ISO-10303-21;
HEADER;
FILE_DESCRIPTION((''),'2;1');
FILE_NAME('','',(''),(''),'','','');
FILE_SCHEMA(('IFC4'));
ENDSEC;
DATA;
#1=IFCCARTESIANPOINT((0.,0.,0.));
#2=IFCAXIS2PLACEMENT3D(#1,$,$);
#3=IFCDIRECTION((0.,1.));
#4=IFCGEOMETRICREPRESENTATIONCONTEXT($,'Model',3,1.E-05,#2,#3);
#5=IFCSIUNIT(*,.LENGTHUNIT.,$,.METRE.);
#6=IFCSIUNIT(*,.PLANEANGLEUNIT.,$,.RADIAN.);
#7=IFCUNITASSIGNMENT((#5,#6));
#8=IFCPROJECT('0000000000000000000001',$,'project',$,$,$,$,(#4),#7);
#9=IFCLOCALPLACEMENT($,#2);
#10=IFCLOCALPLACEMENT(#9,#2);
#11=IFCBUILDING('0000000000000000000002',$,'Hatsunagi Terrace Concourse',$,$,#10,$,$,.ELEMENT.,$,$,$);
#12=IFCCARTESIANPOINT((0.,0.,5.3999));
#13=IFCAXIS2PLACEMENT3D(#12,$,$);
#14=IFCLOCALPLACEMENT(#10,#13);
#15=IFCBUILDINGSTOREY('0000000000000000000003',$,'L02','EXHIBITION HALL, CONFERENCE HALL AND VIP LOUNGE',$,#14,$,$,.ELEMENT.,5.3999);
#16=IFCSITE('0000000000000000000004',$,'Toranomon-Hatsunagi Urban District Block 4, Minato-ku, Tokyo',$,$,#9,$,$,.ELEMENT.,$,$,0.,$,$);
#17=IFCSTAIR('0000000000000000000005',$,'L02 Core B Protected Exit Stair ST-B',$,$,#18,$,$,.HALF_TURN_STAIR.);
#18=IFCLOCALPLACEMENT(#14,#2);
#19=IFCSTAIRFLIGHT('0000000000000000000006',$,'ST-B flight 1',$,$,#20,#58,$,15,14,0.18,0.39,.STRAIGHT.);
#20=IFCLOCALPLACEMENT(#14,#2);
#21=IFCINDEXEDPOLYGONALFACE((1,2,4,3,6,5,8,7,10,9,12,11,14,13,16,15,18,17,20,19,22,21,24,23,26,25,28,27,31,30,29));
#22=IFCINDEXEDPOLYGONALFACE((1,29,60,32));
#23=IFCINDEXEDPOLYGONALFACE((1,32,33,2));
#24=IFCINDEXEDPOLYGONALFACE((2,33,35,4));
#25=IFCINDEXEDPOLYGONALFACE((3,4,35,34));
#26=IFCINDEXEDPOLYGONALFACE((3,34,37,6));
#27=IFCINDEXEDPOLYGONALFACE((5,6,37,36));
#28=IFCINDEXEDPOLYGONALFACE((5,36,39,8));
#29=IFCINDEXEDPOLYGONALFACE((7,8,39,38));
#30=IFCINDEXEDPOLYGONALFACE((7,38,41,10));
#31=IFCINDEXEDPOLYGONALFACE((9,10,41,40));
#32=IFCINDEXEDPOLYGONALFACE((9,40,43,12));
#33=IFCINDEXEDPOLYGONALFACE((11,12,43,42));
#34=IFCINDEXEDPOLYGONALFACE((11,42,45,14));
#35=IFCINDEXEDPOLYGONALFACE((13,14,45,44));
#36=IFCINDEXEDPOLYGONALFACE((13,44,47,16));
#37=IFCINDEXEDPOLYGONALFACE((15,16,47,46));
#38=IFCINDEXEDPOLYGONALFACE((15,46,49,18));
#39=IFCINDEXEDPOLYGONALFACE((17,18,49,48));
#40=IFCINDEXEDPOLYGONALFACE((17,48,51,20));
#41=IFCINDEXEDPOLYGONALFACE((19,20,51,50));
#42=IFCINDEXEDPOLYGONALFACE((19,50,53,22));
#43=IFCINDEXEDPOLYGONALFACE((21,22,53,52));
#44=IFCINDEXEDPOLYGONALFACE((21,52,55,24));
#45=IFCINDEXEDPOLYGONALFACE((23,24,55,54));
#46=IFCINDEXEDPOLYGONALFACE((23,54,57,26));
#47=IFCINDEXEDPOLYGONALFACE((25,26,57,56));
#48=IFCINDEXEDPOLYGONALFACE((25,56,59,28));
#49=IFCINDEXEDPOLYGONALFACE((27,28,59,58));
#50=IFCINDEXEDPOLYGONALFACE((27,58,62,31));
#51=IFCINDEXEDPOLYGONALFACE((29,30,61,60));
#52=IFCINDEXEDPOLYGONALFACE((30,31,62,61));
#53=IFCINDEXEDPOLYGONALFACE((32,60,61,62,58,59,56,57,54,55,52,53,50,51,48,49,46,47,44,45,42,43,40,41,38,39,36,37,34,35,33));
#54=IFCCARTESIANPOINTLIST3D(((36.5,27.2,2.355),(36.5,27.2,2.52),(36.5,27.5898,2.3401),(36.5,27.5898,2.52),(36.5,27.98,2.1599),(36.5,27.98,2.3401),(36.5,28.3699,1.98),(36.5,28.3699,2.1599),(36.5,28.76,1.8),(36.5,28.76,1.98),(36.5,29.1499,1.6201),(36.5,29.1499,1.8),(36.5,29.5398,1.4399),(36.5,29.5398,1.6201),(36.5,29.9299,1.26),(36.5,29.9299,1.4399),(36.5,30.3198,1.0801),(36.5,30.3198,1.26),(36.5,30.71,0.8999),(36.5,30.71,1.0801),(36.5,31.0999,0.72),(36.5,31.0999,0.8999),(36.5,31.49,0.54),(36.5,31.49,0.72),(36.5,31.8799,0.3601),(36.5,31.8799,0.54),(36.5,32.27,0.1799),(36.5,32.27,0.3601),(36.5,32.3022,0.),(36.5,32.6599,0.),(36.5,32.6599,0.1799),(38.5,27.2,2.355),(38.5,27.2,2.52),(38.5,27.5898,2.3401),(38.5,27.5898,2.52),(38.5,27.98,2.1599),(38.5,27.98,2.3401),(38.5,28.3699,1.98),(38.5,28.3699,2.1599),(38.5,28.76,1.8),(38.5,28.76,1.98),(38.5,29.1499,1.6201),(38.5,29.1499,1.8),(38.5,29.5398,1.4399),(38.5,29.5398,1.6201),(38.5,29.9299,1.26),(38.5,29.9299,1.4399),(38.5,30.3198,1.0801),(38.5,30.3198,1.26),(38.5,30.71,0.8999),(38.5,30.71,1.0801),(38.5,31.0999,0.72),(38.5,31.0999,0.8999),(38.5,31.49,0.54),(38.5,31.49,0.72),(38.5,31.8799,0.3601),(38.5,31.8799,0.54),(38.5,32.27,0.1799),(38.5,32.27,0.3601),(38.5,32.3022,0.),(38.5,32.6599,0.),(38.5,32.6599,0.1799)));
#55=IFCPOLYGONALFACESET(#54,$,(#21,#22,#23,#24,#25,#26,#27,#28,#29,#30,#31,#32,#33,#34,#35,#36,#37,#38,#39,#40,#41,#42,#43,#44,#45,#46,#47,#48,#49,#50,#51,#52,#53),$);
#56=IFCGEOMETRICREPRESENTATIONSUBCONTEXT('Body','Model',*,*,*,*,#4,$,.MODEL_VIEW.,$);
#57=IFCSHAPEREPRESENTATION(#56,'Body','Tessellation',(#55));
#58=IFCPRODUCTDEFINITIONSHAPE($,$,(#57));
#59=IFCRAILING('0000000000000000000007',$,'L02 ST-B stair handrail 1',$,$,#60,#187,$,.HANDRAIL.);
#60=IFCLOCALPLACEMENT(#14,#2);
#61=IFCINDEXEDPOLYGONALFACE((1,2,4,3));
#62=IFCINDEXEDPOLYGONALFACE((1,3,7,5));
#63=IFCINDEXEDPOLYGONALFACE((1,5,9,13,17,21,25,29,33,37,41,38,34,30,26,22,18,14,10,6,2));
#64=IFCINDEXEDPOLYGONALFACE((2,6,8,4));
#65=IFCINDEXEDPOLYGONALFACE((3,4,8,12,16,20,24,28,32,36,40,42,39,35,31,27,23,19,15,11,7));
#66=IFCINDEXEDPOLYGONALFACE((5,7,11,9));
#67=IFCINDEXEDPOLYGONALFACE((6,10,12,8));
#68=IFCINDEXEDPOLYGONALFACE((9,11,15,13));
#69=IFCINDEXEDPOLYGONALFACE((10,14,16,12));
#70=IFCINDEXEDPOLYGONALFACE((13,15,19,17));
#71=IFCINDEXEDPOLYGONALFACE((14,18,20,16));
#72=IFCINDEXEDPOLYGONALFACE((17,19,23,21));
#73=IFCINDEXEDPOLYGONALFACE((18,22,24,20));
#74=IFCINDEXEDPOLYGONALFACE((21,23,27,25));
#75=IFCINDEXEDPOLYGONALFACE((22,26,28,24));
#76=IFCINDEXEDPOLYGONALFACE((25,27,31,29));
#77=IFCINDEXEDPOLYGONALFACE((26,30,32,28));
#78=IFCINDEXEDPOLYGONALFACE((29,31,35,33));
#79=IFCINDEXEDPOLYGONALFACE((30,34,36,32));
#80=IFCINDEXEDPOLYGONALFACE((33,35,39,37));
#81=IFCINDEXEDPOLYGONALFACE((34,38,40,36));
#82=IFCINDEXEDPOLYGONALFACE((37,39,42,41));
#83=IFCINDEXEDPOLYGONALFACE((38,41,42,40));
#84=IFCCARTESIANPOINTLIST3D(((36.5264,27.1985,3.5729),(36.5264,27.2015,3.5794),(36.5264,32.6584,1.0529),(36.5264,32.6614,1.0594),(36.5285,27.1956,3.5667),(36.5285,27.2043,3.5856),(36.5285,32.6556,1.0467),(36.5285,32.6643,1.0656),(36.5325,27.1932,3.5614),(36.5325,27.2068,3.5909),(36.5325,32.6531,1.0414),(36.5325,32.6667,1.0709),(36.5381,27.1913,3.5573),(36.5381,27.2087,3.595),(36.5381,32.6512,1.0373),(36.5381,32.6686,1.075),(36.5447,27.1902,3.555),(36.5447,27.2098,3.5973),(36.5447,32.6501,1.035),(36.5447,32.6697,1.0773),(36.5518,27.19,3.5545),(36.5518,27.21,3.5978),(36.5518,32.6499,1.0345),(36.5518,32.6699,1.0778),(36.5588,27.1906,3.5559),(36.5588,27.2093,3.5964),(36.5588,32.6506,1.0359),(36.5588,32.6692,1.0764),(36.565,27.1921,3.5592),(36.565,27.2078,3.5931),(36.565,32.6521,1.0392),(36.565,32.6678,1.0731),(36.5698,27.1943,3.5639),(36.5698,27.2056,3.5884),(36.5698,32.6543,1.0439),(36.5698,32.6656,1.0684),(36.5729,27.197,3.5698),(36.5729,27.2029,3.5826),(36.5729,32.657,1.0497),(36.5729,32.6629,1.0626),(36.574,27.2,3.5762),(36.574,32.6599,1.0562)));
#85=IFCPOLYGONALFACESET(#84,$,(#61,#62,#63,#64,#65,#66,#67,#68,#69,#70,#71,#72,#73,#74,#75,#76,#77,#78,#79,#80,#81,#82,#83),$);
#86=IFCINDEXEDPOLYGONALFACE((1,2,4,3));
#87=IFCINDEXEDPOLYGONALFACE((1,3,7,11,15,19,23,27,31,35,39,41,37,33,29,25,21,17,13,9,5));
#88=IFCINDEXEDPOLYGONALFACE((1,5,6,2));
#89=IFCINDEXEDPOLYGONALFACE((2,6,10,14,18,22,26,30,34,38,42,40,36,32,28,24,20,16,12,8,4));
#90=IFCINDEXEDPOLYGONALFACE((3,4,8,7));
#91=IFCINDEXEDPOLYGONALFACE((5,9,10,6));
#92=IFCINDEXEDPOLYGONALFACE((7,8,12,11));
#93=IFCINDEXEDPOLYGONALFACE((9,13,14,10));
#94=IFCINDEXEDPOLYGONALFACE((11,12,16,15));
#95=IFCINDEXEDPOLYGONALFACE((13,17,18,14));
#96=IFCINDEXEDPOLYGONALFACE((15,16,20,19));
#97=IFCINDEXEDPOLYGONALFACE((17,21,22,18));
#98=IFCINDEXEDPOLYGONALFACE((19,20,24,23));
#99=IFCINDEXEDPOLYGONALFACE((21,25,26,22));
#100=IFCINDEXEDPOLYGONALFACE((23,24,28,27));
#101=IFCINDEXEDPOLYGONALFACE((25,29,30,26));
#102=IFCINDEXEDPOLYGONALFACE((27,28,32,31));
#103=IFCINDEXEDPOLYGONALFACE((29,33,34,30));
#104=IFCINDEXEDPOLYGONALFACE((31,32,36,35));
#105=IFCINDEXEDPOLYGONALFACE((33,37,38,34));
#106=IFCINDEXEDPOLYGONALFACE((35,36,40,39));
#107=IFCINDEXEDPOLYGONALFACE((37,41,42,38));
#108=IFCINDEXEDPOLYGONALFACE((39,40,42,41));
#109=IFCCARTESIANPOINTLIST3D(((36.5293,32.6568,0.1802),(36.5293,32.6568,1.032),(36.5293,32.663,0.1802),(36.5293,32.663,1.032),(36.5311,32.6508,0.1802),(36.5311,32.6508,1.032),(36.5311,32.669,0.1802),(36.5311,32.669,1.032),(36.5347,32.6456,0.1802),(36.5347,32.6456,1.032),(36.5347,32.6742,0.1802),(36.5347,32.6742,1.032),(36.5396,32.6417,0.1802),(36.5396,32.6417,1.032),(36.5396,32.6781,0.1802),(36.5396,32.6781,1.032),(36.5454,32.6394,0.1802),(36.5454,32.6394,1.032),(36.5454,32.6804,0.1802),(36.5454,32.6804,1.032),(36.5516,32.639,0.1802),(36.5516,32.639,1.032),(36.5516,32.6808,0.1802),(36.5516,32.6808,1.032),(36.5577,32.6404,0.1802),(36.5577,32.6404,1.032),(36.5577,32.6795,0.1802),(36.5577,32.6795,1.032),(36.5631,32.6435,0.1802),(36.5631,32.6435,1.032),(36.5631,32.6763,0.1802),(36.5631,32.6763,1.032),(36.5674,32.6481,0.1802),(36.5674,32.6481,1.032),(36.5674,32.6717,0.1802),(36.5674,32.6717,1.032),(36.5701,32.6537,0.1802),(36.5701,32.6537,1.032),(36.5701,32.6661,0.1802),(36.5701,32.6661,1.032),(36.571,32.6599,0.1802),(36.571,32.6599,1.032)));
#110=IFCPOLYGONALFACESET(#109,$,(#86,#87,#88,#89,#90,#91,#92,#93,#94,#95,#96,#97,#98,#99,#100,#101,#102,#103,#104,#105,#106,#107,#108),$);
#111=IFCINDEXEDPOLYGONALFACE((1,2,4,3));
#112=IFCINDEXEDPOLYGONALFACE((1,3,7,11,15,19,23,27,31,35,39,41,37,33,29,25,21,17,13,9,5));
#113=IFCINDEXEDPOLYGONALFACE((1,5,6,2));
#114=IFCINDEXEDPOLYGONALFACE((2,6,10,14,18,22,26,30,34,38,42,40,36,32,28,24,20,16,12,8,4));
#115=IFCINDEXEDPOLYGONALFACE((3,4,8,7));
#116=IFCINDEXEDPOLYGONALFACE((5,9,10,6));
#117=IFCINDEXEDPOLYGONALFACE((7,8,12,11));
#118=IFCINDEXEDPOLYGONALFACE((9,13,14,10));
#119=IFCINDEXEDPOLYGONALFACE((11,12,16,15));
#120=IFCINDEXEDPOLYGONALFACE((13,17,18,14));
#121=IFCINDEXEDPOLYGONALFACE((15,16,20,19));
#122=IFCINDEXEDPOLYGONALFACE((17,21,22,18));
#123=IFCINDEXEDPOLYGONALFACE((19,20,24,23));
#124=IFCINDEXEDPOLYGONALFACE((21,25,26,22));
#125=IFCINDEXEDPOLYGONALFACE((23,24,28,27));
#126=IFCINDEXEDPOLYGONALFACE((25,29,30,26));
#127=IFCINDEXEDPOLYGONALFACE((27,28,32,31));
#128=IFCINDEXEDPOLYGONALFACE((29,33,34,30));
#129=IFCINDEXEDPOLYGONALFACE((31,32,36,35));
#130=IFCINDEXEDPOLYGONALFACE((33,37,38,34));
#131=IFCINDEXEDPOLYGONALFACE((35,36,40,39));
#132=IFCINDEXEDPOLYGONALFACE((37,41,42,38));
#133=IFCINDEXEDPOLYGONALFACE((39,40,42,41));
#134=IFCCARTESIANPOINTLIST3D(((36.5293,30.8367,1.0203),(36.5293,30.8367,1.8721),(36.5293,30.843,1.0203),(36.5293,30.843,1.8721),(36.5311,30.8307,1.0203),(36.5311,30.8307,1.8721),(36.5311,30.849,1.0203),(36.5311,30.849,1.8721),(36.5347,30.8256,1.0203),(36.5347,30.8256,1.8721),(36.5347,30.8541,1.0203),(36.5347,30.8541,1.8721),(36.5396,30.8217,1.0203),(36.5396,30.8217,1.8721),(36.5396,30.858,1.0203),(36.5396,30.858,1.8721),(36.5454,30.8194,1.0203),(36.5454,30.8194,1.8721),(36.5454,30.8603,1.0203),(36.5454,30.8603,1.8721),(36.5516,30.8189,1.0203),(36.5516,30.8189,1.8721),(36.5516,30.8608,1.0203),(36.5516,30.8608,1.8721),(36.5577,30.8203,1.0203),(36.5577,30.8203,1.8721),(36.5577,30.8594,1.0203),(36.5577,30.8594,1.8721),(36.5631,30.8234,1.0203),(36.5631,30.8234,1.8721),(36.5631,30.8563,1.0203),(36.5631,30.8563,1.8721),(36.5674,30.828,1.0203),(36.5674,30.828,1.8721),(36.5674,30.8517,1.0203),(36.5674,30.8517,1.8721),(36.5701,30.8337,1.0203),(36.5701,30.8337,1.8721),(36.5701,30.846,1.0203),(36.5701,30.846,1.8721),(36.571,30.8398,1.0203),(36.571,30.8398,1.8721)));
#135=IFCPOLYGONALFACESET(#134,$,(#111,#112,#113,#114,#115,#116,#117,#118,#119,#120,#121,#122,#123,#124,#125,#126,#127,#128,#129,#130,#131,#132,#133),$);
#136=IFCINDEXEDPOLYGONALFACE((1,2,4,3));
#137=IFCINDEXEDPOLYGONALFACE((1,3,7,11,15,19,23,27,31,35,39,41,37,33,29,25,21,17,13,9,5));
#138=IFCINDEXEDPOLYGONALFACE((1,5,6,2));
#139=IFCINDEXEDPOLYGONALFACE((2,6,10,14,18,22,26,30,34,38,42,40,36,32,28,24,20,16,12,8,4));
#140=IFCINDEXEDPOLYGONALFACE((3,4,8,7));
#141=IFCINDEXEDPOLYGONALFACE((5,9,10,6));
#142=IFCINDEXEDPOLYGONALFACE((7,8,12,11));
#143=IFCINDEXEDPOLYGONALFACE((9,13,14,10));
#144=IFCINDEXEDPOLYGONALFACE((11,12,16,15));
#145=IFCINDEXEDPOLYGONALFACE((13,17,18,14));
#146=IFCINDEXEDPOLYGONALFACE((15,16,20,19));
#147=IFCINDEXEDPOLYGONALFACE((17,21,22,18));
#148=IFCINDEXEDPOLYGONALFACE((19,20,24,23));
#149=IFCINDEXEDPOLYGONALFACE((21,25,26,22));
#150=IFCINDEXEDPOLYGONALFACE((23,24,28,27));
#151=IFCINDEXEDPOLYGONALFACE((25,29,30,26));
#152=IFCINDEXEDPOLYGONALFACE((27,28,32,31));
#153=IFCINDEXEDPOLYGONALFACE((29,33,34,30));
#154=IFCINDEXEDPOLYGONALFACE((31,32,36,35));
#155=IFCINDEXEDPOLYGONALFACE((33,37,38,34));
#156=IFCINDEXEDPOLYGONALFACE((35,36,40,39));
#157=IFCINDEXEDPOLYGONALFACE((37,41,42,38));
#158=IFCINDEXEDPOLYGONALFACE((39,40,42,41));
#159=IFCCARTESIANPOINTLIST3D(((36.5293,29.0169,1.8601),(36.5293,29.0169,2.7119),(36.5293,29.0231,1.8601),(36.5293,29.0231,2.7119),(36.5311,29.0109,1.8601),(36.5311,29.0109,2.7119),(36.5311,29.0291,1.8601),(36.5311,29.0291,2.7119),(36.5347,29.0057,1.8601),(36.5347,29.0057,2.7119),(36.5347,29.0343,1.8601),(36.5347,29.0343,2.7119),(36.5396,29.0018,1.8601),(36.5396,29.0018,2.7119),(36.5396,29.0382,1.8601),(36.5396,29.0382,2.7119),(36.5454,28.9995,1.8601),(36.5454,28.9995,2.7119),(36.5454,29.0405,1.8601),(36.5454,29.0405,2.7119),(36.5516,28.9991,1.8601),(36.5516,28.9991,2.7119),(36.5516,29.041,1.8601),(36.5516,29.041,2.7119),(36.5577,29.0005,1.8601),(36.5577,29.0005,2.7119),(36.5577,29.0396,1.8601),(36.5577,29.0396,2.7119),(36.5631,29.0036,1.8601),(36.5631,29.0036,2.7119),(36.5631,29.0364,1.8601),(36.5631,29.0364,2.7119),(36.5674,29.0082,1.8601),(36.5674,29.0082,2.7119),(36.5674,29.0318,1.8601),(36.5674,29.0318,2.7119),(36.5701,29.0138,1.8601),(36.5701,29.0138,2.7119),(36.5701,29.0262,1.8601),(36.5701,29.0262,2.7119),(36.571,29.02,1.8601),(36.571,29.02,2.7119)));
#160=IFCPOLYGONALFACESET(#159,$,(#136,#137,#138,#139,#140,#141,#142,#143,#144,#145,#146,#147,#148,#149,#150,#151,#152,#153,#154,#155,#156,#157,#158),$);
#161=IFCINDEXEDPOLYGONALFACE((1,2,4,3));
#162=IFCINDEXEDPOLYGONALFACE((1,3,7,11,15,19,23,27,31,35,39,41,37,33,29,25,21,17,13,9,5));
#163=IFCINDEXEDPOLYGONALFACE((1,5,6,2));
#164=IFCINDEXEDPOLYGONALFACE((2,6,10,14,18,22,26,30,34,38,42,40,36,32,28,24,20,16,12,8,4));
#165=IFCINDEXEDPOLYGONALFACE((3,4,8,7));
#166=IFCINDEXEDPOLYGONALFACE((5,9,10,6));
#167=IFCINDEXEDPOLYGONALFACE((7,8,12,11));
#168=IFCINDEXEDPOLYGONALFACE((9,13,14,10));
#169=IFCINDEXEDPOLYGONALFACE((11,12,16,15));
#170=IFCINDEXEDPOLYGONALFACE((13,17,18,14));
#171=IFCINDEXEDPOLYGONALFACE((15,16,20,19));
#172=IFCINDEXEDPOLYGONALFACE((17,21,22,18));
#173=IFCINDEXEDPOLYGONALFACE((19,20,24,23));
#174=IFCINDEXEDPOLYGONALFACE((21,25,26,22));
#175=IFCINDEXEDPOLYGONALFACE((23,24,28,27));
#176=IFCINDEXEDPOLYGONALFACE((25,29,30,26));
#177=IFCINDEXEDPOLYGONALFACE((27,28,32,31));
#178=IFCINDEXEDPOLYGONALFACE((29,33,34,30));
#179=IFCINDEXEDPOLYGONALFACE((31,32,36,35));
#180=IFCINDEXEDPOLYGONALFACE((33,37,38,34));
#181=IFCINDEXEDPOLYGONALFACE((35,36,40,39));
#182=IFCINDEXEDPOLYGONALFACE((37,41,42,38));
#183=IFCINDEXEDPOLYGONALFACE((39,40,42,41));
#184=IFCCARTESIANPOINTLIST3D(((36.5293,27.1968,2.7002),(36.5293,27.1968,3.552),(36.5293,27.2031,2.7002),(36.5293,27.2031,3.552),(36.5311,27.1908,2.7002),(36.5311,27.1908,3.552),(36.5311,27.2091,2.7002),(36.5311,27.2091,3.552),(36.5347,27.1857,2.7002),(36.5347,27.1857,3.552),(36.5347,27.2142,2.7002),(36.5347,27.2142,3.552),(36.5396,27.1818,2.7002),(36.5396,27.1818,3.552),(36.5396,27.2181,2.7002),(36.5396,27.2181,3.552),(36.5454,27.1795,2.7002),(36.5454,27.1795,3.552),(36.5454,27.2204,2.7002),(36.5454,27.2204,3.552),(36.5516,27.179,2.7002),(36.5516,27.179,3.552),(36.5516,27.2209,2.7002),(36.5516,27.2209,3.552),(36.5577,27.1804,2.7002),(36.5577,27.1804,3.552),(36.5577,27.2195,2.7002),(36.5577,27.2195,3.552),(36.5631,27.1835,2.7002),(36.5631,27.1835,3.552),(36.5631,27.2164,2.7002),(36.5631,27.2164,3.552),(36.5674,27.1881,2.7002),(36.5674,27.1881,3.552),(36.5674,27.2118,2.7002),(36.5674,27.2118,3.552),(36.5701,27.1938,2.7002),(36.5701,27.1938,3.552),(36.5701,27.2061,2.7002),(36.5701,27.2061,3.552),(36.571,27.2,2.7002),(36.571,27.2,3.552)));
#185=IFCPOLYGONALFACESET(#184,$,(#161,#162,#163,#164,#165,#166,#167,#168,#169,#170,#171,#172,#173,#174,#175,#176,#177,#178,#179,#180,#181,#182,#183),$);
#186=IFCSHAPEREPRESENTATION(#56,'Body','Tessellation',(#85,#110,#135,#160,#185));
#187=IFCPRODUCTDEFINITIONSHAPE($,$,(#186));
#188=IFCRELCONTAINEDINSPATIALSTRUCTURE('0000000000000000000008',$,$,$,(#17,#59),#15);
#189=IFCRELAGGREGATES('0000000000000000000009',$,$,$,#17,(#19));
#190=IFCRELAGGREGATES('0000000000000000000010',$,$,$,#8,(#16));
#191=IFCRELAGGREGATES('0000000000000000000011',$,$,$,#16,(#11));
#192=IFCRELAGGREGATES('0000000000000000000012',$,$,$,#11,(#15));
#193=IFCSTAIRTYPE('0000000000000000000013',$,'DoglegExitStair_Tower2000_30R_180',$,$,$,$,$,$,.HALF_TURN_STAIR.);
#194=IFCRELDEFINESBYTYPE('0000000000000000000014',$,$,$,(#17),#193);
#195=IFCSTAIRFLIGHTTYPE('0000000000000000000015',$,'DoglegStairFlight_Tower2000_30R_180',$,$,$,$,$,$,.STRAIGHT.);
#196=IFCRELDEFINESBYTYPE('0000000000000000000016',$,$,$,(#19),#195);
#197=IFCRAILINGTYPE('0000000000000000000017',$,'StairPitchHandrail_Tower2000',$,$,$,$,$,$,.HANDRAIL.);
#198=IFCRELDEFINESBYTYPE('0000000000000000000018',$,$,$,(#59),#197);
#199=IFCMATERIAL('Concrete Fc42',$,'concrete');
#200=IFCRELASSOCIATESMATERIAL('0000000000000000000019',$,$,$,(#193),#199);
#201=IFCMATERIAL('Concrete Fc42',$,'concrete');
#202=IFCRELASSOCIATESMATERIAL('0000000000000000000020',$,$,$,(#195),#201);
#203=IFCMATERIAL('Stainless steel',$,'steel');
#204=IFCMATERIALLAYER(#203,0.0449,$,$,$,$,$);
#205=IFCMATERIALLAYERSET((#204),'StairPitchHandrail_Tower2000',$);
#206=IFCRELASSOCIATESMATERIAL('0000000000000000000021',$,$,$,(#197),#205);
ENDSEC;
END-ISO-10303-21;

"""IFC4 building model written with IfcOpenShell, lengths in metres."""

from ifc_helpers import new_model, si_unit, direction, frame, origin, origin_2d, place, context, subcontext, project, spatial, polyline, circle, outline, extrude, material, layer, layer_set, type_object, element, aggregate, save


model = new_model("IFC4")

# Units and contexts
model_context = context("Model", 3, precision=1e-05, world=origin(), true_north=direction((0.0, 1.0)))
body_context = subcontext(model_context, "Body", "Model", "MODEL_VIEW")
ifc_project = project(units=[si_unit("LENGTHUNIT", "METRE"), si_unit("PLANEANGLEUNIT", "RADIAN")], contexts=[model_context])

# Site, building, storey
site_placement = place(None, origin())
site = spatial("IfcSite", under=ifc_project, at=site_placement, Name="Toranomon-Hatsunagi Urban District Block 4, Minato-ku, Tokyo", CompositionType="ELEMENT", RefElevation=0.0)
building_placement = place(site_placement, origin())
building = spatial("IfcBuilding", under=site, at=building_placement, Name="Hatsunagi Terrace Concourse", CompositionType="ELEMENT")
storey_placement = place(building_placement, frame((0.0, 0.0, 5.3999)))
storey = spatial("IfcBuildingStorey", under=building, at=storey_placement, Name="L02", Description="EXHIBITION HALL, CONFERENCE HALL AND VIP LOUNGE", CompositionType="ELEMENT", Elevation=5.3999)

# Stair, stair flight
ifc_material_1 = material(Name="Concrete Fc42", Category="concrete")
stair_type = type_object("IfcStairType", Name="DoglegExitStair_Tower2000_30R_180", PredefinedType="HALF_TURN_STAIR", material=ifc_material_1)
stair_placement = place(storey_placement, origin())
stair = element("IfcStair", 1, at=stair_placement, inside=storey, type_object=stair_type, Name="L02 Core B Protected Exit Stair ST-B", PredefinedType="HALF_TURN_STAIR")
ifc_material_2 = material(Name="Concrete Fc42", Category="concrete")
stair_flight_type = type_object("IfcStairFlightType", Name="DoglegStairFlight_Tower2000_30R_180", PredefinedType="STRAIGHT", material=ifc_material_2)
stair_flight_placement = place(storey_placement, frame((37.5, 32.6599, 0.0), z_axis=(0.0, 0.0, 1.0), x_axis=(0.0, -1.0, 0.0)))
stair_flight = element("IfcStairFlight", 2, at=stair_flight_placement, type_object=stair_flight_type, Name="ST-B flight 1", NumberOfRisers=15, NumberOfTreads=14, PredefinedType="STRAIGHT", RiserHeight=0.18, TreadLength=0.39, context=body_context, shape_type="SweptSolid", body=[
    extrude(outline(polyline([(0.0, 0.0), (0.0, 0.1799), (0.3899, 0.1799), (0.3899, 0.3601), (0.78, 0.3601), (0.78, 0.54), (1.1699, 0.54), (1.1699, 0.72), (1.5601, 0.72), (1.5601, 0.8999), (1.95, 0.8999), (1.95, 1.0801), (2.3401, 1.0801), (2.3401, 1.26), (2.73, 1.26), (2.73, 1.4399), (3.1201, 1.4399), (3.1201, 1.6201), (3.51, 1.6201), (3.51, 1.8), (3.8999, 1.8), (3.8999, 1.98), (4.29, 1.98), (4.29, 2.1599), (4.6799, 2.1599), (4.6799, 2.3401), (5.0701, 2.3401), (5.0701, 2.52), (5.46, 2.52), (5.46, 2.7), (5.46, 2.355), (0.3577, 0.0), (0.0, 0.0)])), frame((0.0, 1.0, 0.0), z_axis=(0.0, -1.0, 0.0), x_axis=(1.0, 0.0, 0.0)), (0.0, 0.0, 1.0), 2.0),
])
aggregate(stair, [stair_flight])

# Railing
ifc_material_3 = material(Name="Stainless steel", Category="steel")
ifc_layer_1 = layer(ifc_material_3, 0.0449)
ifc_layer_set_1 = layer_set([ifc_layer_1], Name="StairPitchHandrail_Tower2000")
railing_type_1 = type_object("IfcRailingType", Name="StairPitchHandrail_Tower2000", PredefinedType="HANDRAIL", material=ifc_layer_set_1)
railing_1_placement = place(storey_placement, frame((36.55, 32.6599, 0.1802)))
element("IfcRailing", 3, at=railing_1_placement, inside=storey, type_object=railing_type_1, Name="L02 ST-B stair handrail 1", PredefinedType="HANDRAIL", context=body_context, shape_type="SweptSolid", body=[
    extrude(circle(Radius=0.0239, at=origin_2d()), frame((0.0, 0.0, 0.876), z_axis=(0.0, -0.907957, 0.419063), x_axis=(1.0, 0.0, 0.0)), (0.0, 0.0, 1.0), 6.0134),
    extrude(circle(Radius=0.021, at=origin_2d()), origin(), (0.0, 0.0, 1.0), 0.8518),
    extrude(circle(Radius=0.021, at=origin_2d()), frame((0.0, -1.8201, 0.8401)), (0.0, 0.0, 1.0), 0.8518),
    extrude(circle(Radius=0.021, at=origin_2d()), frame((0.0, -3.6399, 1.6799)), (0.0, 0.0, 1.0), 0.8518),
    extrude(circle(Radius=0.021, at=origin_2d()), frame((0.0, -5.46, 2.52)), (0.0, 0.0, 1.0), 0.8518),
])

save(model, "model.ifc")
